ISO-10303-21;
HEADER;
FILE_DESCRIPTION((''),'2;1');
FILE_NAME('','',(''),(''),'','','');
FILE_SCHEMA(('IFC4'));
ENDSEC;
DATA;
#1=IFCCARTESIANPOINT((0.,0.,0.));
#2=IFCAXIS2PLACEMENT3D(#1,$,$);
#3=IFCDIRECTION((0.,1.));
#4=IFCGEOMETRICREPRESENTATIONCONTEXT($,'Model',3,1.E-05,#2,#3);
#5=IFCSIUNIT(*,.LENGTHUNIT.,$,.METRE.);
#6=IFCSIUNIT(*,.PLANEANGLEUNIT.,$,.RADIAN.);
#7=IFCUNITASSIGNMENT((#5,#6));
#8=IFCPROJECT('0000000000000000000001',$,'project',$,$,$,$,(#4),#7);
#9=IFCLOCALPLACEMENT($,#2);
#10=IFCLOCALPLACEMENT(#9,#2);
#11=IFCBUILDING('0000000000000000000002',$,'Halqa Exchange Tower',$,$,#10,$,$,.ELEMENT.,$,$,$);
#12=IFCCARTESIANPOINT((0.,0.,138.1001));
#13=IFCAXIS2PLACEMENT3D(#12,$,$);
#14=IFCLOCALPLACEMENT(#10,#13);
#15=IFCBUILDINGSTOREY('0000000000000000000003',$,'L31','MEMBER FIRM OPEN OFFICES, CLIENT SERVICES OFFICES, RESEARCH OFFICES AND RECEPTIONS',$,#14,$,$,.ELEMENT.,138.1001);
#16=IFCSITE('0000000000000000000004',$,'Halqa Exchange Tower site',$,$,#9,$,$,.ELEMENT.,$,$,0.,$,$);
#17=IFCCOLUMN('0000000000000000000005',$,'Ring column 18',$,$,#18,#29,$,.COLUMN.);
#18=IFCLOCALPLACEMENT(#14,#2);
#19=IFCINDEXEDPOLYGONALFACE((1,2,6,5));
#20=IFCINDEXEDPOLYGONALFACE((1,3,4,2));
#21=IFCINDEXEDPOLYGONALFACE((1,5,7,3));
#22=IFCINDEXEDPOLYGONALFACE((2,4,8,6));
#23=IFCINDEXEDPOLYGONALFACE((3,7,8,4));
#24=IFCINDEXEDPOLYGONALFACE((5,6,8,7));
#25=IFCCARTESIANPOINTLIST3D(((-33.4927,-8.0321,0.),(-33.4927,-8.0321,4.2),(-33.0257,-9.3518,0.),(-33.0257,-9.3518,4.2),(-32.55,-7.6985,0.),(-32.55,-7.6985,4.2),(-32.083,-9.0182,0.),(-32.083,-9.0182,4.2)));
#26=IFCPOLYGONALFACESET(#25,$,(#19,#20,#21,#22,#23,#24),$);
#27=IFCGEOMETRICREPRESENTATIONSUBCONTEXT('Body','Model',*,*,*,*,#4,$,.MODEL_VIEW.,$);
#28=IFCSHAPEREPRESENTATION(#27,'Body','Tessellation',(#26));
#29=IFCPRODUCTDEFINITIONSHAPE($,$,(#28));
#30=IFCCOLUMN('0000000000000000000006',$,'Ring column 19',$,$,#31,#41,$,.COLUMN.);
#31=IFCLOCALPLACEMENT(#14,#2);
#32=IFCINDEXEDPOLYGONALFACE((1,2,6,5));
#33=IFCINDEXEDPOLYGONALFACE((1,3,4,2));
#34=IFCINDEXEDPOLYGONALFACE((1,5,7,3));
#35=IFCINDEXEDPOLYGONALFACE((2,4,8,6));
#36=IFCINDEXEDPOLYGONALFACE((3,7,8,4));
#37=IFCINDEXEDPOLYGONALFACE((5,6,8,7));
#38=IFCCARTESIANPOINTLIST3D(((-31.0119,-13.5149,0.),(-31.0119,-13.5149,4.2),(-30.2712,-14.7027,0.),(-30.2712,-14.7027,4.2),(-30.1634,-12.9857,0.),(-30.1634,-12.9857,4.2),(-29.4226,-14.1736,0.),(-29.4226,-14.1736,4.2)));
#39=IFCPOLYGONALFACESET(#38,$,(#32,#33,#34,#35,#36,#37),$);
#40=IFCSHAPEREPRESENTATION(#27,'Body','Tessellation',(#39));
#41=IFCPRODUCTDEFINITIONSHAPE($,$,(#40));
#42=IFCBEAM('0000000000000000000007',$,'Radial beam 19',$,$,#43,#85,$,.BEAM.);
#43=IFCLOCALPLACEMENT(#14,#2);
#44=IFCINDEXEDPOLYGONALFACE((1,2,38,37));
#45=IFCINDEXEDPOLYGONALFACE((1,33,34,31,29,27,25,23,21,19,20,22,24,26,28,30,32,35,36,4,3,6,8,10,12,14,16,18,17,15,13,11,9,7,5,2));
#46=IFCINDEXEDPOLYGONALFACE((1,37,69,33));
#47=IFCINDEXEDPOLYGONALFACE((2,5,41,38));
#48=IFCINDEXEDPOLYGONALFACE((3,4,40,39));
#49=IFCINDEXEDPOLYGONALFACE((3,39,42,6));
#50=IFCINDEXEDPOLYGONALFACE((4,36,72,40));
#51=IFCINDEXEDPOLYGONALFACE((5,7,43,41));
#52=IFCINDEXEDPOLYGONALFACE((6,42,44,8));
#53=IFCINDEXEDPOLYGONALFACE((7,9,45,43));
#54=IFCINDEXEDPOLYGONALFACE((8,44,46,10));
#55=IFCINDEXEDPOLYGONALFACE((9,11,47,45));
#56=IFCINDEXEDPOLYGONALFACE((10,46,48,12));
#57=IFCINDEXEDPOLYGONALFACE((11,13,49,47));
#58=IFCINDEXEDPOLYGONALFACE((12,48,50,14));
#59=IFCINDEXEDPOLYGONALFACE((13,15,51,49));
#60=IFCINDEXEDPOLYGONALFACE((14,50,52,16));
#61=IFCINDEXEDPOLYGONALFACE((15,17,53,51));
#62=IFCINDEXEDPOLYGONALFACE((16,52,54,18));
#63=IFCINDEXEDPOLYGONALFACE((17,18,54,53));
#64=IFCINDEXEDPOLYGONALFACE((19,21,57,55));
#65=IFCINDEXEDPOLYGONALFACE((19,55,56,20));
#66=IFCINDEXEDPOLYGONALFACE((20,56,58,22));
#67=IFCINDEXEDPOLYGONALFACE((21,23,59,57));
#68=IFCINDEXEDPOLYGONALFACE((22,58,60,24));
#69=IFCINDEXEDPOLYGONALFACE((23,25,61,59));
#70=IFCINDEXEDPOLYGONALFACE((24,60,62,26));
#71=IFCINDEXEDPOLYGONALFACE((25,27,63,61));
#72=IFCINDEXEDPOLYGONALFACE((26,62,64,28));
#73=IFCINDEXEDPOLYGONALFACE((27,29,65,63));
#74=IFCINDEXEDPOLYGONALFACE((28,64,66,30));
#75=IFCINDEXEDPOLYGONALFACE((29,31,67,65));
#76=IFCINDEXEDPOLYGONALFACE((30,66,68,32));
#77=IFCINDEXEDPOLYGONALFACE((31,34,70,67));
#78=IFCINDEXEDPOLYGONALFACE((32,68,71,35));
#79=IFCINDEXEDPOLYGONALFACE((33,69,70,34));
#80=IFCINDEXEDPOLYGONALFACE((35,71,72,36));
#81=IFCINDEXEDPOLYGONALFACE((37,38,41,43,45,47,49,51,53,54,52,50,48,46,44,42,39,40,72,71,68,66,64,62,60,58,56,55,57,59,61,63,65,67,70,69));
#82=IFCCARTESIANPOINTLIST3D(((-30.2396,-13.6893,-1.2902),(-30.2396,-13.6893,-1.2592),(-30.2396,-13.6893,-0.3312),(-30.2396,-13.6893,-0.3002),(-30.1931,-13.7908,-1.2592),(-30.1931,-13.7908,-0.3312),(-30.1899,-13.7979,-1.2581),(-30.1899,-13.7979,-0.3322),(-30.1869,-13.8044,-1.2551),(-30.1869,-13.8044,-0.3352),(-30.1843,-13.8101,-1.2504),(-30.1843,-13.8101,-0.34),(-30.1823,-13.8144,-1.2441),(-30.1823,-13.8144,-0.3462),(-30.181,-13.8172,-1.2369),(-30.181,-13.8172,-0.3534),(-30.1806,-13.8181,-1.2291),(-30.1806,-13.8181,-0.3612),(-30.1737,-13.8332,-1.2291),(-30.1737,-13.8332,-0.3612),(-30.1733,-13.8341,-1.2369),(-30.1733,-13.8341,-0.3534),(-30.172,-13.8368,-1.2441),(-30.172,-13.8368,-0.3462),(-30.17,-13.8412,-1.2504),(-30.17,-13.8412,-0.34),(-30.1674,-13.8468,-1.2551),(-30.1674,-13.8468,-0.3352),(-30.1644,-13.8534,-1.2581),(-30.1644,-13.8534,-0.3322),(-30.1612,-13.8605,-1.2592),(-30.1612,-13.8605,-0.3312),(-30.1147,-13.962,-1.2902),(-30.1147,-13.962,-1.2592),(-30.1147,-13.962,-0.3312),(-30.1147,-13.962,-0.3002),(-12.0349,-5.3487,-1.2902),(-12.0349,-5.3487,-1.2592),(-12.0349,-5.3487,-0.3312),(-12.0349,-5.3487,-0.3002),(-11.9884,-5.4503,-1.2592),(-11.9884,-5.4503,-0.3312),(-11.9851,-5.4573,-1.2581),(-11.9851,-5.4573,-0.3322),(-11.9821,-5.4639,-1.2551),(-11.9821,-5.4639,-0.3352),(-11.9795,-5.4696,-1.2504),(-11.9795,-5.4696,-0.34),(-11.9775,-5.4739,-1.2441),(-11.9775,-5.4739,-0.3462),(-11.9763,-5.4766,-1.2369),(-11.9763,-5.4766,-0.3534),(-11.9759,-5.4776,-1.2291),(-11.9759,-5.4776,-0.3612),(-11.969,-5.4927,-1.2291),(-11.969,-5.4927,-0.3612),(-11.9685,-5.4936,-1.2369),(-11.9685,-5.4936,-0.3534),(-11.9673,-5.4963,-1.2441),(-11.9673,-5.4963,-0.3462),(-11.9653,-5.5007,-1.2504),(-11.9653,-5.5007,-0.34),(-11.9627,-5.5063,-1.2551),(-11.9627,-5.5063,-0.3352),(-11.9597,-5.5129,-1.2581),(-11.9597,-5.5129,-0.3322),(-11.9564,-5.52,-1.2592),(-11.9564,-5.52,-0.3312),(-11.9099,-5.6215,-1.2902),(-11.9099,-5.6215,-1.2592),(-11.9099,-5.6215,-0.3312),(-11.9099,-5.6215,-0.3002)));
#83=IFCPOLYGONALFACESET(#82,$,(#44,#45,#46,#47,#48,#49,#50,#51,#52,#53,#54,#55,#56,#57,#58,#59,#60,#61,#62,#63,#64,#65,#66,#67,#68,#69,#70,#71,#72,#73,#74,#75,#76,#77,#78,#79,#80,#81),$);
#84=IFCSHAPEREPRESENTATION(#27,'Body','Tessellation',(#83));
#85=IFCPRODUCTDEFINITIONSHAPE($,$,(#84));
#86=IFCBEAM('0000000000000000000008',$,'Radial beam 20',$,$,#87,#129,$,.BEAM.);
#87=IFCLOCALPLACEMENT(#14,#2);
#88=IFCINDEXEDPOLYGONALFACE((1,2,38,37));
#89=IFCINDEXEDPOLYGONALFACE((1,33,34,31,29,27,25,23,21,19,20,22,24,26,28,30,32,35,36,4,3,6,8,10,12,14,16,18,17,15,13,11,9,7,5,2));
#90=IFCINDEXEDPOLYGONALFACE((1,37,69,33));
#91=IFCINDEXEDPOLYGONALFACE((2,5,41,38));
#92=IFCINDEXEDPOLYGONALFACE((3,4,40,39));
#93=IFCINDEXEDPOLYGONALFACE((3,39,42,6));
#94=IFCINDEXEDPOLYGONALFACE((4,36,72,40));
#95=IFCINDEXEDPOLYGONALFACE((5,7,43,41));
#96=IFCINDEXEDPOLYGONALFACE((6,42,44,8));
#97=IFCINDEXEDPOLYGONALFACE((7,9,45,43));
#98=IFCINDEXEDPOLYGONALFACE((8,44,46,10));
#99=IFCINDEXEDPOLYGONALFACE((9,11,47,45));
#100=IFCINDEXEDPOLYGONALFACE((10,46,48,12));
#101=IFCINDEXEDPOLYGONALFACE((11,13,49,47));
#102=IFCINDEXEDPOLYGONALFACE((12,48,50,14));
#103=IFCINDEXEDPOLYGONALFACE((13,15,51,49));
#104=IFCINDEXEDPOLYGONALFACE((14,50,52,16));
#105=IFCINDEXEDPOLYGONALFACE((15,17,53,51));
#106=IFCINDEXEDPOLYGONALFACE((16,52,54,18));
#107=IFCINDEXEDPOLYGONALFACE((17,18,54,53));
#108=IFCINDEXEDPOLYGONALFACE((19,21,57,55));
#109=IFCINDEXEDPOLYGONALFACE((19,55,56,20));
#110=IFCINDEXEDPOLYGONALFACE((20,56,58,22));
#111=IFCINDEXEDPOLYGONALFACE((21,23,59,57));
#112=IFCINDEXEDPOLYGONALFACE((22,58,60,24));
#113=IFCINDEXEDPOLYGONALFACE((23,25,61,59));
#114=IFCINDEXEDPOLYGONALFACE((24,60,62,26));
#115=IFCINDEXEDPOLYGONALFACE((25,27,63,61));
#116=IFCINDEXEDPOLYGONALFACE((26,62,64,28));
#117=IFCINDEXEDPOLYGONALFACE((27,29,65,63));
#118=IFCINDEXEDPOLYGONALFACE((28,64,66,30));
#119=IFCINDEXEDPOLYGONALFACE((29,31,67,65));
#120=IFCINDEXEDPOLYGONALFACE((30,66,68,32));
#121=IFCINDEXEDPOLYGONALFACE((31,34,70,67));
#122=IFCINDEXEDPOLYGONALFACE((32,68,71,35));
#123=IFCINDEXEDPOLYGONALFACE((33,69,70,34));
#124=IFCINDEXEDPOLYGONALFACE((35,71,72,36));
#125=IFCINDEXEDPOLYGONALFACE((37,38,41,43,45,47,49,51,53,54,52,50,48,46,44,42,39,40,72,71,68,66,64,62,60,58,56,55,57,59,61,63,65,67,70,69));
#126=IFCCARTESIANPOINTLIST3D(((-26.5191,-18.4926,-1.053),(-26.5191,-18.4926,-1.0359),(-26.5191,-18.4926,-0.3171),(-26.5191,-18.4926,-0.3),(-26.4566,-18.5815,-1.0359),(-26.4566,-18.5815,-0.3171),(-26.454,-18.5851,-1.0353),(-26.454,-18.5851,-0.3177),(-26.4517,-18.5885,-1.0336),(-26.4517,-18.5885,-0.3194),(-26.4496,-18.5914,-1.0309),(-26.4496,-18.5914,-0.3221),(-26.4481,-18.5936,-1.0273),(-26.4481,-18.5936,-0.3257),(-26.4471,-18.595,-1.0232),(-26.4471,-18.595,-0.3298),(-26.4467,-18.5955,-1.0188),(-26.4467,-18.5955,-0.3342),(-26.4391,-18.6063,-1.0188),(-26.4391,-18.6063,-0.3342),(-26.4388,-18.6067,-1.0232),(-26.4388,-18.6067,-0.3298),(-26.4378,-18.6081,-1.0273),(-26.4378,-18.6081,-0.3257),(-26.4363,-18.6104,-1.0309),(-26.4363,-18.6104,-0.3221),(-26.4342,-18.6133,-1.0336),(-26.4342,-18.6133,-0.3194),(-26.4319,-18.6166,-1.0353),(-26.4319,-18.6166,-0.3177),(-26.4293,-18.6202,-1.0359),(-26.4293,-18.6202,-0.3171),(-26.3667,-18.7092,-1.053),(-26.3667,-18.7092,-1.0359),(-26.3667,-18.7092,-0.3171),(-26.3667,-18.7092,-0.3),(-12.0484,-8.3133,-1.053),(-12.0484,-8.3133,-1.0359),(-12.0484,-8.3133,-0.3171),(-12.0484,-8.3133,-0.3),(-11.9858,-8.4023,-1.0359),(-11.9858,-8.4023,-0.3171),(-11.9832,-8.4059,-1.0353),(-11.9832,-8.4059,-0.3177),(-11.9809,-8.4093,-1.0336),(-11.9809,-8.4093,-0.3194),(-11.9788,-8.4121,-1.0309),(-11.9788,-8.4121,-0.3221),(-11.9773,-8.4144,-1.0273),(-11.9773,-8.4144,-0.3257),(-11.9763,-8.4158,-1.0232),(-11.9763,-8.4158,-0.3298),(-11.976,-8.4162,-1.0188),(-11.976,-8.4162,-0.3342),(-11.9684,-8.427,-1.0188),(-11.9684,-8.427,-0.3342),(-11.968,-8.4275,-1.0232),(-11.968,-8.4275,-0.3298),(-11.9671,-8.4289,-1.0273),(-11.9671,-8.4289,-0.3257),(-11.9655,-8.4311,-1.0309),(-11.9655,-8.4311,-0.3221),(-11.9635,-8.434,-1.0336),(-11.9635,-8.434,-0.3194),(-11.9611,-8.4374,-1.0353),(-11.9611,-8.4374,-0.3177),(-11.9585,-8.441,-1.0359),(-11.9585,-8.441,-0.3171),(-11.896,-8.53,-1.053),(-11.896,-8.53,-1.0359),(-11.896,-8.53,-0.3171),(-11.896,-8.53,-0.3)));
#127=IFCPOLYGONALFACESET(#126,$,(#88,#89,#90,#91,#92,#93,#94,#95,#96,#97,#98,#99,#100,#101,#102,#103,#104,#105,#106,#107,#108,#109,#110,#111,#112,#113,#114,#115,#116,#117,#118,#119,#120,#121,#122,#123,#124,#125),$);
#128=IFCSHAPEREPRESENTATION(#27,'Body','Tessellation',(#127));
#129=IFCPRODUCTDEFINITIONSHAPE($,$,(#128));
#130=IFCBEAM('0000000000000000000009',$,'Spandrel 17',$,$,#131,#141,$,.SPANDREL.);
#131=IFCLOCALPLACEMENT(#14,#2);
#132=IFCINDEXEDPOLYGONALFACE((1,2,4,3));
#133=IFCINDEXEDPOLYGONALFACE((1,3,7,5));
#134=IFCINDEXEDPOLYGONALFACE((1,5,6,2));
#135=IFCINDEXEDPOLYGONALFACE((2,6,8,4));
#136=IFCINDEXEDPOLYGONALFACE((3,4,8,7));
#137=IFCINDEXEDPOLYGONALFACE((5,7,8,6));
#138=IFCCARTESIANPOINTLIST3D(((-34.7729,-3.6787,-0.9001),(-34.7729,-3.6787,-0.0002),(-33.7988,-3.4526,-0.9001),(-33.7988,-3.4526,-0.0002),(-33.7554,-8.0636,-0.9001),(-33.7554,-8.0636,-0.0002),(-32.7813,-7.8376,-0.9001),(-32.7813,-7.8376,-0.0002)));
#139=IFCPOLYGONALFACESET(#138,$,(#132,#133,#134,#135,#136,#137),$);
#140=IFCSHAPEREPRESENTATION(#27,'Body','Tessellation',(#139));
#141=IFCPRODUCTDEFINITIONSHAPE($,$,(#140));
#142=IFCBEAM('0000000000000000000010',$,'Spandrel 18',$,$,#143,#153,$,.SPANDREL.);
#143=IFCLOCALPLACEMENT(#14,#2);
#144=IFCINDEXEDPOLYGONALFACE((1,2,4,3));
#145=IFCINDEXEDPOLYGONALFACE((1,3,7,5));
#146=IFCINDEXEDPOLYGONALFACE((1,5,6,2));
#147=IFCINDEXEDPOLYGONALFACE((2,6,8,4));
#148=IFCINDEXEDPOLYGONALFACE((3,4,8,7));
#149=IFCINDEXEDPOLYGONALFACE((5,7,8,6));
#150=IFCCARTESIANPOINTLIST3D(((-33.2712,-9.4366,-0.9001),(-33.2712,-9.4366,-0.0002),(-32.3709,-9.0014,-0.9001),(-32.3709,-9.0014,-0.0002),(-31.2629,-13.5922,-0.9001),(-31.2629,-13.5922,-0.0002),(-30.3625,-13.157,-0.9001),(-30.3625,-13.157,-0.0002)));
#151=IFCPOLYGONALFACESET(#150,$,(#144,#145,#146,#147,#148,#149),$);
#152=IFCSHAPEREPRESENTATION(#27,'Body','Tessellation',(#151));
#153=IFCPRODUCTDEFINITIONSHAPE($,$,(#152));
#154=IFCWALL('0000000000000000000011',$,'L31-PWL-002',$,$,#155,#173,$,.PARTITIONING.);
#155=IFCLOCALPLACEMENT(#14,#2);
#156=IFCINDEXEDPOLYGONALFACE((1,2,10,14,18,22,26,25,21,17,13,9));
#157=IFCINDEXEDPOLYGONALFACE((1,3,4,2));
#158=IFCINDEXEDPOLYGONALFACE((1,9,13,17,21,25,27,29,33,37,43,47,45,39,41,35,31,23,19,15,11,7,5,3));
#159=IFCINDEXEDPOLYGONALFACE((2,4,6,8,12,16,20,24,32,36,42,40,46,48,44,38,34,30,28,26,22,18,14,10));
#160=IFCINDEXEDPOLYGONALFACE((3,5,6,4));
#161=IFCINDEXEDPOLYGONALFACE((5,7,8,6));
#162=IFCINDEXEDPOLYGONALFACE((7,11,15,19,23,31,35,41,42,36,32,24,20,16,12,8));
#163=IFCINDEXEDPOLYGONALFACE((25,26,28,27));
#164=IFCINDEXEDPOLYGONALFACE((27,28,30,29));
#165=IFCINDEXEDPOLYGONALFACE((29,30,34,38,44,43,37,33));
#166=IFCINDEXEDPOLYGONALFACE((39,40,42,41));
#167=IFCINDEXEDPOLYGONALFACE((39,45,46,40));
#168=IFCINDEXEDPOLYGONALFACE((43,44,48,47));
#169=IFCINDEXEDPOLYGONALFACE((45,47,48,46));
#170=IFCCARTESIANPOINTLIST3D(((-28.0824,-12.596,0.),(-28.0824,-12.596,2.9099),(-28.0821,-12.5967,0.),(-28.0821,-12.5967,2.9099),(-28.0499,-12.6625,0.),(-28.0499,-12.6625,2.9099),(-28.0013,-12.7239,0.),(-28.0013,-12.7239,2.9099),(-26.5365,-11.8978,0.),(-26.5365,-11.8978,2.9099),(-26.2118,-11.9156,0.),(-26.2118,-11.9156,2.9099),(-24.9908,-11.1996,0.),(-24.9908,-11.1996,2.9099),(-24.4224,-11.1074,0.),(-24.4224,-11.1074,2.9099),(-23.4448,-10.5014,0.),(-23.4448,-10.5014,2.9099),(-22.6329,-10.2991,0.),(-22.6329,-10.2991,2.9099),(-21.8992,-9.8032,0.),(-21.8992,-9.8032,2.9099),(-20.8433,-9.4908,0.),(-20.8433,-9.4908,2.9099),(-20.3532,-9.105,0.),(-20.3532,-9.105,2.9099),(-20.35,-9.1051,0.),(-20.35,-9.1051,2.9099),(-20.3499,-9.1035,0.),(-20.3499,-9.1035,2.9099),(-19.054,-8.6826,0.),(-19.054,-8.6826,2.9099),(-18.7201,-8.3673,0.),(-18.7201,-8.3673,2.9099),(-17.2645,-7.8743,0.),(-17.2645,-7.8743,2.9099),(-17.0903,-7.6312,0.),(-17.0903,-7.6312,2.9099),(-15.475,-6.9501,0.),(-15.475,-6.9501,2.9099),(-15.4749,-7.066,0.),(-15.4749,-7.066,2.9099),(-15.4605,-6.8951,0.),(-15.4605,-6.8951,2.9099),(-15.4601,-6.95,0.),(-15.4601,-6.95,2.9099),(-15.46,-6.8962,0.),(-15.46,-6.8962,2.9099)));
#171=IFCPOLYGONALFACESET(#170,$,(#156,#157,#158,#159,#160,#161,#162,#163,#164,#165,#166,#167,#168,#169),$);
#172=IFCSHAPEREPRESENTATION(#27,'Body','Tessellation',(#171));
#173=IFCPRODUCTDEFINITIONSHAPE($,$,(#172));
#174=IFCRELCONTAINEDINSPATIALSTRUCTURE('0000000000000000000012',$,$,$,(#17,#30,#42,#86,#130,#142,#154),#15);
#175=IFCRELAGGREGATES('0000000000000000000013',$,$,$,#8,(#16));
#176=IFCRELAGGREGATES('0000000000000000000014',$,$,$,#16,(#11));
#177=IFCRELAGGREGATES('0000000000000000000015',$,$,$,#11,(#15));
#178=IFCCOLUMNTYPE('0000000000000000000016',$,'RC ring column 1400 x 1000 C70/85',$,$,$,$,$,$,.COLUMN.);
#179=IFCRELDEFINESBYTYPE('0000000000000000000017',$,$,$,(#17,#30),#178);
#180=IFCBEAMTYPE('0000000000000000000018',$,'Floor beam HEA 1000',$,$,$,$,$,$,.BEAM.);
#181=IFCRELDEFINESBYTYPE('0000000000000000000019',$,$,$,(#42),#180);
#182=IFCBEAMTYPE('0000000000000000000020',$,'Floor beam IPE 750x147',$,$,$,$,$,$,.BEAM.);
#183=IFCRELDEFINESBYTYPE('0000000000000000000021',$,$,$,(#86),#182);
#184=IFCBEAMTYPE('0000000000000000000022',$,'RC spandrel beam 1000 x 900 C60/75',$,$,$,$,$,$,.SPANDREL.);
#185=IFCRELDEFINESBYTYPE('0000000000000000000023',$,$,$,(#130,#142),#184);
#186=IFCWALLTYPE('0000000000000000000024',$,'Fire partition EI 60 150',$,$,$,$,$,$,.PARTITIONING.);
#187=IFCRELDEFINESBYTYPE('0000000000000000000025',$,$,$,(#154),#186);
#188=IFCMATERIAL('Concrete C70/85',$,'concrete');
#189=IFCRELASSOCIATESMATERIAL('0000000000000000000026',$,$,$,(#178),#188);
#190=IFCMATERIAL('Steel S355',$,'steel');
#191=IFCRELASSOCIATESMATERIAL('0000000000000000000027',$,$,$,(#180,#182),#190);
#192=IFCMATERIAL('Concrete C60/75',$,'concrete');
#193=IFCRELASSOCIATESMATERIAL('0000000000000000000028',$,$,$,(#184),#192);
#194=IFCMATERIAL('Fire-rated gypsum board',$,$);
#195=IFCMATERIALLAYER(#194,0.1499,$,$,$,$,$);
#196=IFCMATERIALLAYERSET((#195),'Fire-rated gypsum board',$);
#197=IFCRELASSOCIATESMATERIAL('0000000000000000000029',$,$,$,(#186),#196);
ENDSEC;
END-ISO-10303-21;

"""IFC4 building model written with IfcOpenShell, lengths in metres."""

from ifc_helpers import new_model, si_unit, direction, frame, origin, origin_2d, place, context, subcontext, project, spatial, polyline, rectangle, i_section, outline, extrude, material, layer, layer_set, material_profile, profile_set, type_object, element, save


model = new_model("IFC4")

# Units and contexts
model_context = context("Model", 3, precision=1e-05, world=origin(), true_north=direction((0.0, 1.0)))
body_context = subcontext(model_context, "Body", "Model", "MODEL_VIEW")
ifc_project = project(units=[si_unit("LENGTHUNIT", "METRE"), si_unit("PLANEANGLEUNIT", "RADIAN")], contexts=[model_context])

# Site, building, storey
site_placement = place(None, origin())
site = spatial("IfcSite", under=ifc_project, at=site_placement, Name="Halqa Exchange Tower site", CompositionType="ELEMENT", RefElevation=0.0)
building_placement = place(site_placement, origin())
building = spatial("IfcBuilding", under=site, at=building_placement, Name="Halqa Exchange Tower", CompositionType="ELEMENT")
storey_placement = place(building_placement, frame((0.0, 0.0, 138.1001)))
storey = spatial("IfcBuildingStorey", under=building, at=storey_placement, Name="L31", Description="MEMBER FIRM OPEN OFFICES, CLIENT SERVICES OFFICES, RESEARCH OFFICES AND RECEPTIONS", CompositionType="ELEMENT", Elevation=138.1001)

# Columns
ifc_material_1 = material(Name="Concrete C70/85", Category="concrete")
ifc_material_profile_1 = material_profile(ifc_material_1, rectangle(XDim=1.3999, YDim=1.0, at=origin_2d()), Name="1400 x 1000")
ifc_profile_set_1 = profile_set([ifc_material_profile_1], Name="Concrete C70/85")
column_type = type_object("IfcColumnType", Name="RC ring column 1400 x 1000 C70/85", PredefinedType="COLUMN", material=ifc_profile_set_1)
for number, where, z_axis, x_axis, name in (
    (1, (-32.7878, -8.5251, 0.0), (0.0, 0.0, 1.0), (0.333629, -0.942704, 0.0), "Ring column 18"),
    (2, (-30.2173, -13.8442, 0.0), (0.0, 0.0, 1.0), (0.529138, -0.848536, 0.0), "Ring column 19"),
):
    element("IfcColumn", number, at=place(storey_placement, frame(where, z_axis=z_axis, x_axis=x_axis)), inside=storey, type_object=column_type, Name=name, PredefinedType="COLUMN", context=body_context, shape_type="SweptSolid", body=[
        extrude(rectangle(XDim=1.3999, YDim=1.0, at=origin_2d()), origin(), (0.0, 0.0, 1.0), 4.2),
    ])

# Beams
ifc_material_2 = material(Name="Steel S355", Category="steel")
ifc_material_profile_2 = material_profile(ifc_material_2, i_section(OverallWidth=0.3, OverallDepth=0.99, WebThickness=0.0166, FlangeThickness=0.031, FilletRadius=0.03, at=origin_2d()), Name="HEA 1000")
ifc_profile_set_2 = profile_set([ifc_material_profile_2], Name="Steel S355")
beam_type_1 = type_object("IfcBeamType", Name="Floor beam HEA 1000", PredefinedType="BEAM", material=ifc_profile_set_2)
beam_1_placement = place(storey_placement, frame((-11.9724, -5.4851, -0.7952), z_axis=(-0.909127, -0.416518, 0.0), x_axis=(0.416518, -0.909127, 0.0)))
element("IfcBeam", 3, at=beam_1_placement, inside=storey, type_object=beam_type_1, Name="Radial beam 19", PredefinedType="BEAM", context=body_context, shape_type="SweptSolid", body=[
    extrude(i_section(OverallWidth=0.3, OverallDepth=0.99, WebThickness=0.0166, FlangeThickness=0.031, FilletRadius=0.03, at=origin_2d()), origin(), (0.0, 0.0, 1.0), 20.0244),
])
ifc_material_profile_3 = material_profile(ifc_material_2, i_section(OverallWidth=0.2649, OverallDepth=0.7529, WebThickness=0.0132, FlangeThickness=0.0171, FilletRadius=0.0171, at=origin_2d()), Name="IPE 750x147")
ifc_profile_set_3 = profile_set([ifc_material_profile_3], Name="Steel S355")
beam_type_2 = type_object("IfcBeamType", Name="Floor beam IPE 750x147", PredefinedType="BEAM", material=ifc_profile_set_3)
beam_2_placement = place(storey_placement, frame((-11.9722, -8.4216, -0.6765), z_axis=(-0.81791, -0.575346, 0.0), x_axis=(0.575346, -0.81791, 0.0)))
element("IfcBeam", 4, at=beam_2_placement, inside=storey, type_object=beam_type_2, Name="Radial beam 20", PredefinedType="BEAM", context=body_context, shape_type="SweptSolid", body=[
    extrude(i_section(OverallWidth=0.2649, OverallDepth=0.7529, WebThickness=0.0132, FlangeThickness=0.0171, FilletRadius=0.0171, at=origin_2d()), origin(), (0.0, 0.0, 1.0), 17.6924),
])
ifc_material_3 = material(Name="Concrete C60/75", Category="concrete")
ifc_material_profile_4 = material_profile(ifc_material_3, rectangle(XDim=1.0, YDim=0.8999, at=origin_2d()), Name="1000 x 900")
ifc_profile_set_4 = profile_set([ifc_material_profile_4], Name="Concrete C60/75")
beam_type_3 = type_object("IfcBeamType", Name="RC spandrel beam 1000 x 900 C60/75", PredefinedType="SPANDREL", material=ifc_profile_set_4)
beam_3_placement = place(storey_placement, frame((-34.2859, -3.5657, -0.4502), z_axis=(0.226052, -0.974115, 0.0), x_axis=(0.974115, 0.226052, 0.0)))
element("IfcBeam", 5, at=beam_3_placement, inside=storey, type_object=beam_type_3, Name="Spandrel 17", PredefinedType="SPANDREL", context=body_context, shape_type="SweptSolid", body=[
    extrude(rectangle(XDim=1.0, YDim=0.8999, at=origin_2d()), origin(), (0.0, 0.0, 1.0), 4.5015),
])
beam_4_placement = place(storey_placement, frame((-32.821, -9.219, -0.4502), z_axis=(0.435134, -0.900366, 0.0), x_axis=(0.900366, 0.435134, 0.0)))
element("IfcBeam", 6, at=beam_4_placement, inside=storey, type_object=beam_type_3, Name="Spandrel 18", PredefinedType="SPANDREL", context=body_context, shape_type="SweptSolid", body=[
    extrude(rectangle(XDim=1.0, YDim=0.8999, at=origin_2d()), origin(), (0.0, 0.0, 1.0), 4.6155),
])

# Wall
ifc_material_4 = material(Name="Fire-rated gypsum board")
ifc_layer_1 = layer(ifc_material_4, 0.1499)
ifc_layer_set_1 = layer_set([ifc_layer_1], Name="Fire-rated gypsum board")
wall_type_1 = type_object("IfcWallType", Name="Fire partition EI 60 150", PredefinedType="PARTITIONING", material=ifc_layer_set_1)
wall_1_placement = place(storey_placement, frame((-28.0515, -12.6643, 0.0), z_axis=(0.0, 0.0, 1.0), x_axis=(0.91135, 0.411632, 0.0)))
element("IfcWall", 7, at=wall_1_placement, inside=storey, type_object=wall_type_1, Name="L31-PWL-002", PredefinedType="PARTITIONING", context=body_context, shape_type="SweptSolid", body=[
    extrude(outline(polyline([(0.0212, -0.075), (1.9849, -0.075), (3.9482, -0.075), (5.9119, -0.075), (7.8755, -0.075), (9.8389, -0.075), (11.8025, -0.075), (13.7661, -0.075), (13.8137, 0.0308), (13.8274, 0.0247), (13.8496, 0.0737), (13.8496, 0.075), (12.0613, 0.075), (10.2729, 0.075), (8.4846, 0.075), (8.4839, 0.0735), (8.481, 0.075), (6.7847, 0.075), (5.0886, 0.075), (3.3923, 0.075), (1.6963, 0.075), (0.0, 0.075), (0.0, 0.0742), (0.0022, 0.001), (0.0212, -0.075)])), origin(), (0.0, 0.0, 1.0), 2.9099),
])

save(model, "model.ifc")
